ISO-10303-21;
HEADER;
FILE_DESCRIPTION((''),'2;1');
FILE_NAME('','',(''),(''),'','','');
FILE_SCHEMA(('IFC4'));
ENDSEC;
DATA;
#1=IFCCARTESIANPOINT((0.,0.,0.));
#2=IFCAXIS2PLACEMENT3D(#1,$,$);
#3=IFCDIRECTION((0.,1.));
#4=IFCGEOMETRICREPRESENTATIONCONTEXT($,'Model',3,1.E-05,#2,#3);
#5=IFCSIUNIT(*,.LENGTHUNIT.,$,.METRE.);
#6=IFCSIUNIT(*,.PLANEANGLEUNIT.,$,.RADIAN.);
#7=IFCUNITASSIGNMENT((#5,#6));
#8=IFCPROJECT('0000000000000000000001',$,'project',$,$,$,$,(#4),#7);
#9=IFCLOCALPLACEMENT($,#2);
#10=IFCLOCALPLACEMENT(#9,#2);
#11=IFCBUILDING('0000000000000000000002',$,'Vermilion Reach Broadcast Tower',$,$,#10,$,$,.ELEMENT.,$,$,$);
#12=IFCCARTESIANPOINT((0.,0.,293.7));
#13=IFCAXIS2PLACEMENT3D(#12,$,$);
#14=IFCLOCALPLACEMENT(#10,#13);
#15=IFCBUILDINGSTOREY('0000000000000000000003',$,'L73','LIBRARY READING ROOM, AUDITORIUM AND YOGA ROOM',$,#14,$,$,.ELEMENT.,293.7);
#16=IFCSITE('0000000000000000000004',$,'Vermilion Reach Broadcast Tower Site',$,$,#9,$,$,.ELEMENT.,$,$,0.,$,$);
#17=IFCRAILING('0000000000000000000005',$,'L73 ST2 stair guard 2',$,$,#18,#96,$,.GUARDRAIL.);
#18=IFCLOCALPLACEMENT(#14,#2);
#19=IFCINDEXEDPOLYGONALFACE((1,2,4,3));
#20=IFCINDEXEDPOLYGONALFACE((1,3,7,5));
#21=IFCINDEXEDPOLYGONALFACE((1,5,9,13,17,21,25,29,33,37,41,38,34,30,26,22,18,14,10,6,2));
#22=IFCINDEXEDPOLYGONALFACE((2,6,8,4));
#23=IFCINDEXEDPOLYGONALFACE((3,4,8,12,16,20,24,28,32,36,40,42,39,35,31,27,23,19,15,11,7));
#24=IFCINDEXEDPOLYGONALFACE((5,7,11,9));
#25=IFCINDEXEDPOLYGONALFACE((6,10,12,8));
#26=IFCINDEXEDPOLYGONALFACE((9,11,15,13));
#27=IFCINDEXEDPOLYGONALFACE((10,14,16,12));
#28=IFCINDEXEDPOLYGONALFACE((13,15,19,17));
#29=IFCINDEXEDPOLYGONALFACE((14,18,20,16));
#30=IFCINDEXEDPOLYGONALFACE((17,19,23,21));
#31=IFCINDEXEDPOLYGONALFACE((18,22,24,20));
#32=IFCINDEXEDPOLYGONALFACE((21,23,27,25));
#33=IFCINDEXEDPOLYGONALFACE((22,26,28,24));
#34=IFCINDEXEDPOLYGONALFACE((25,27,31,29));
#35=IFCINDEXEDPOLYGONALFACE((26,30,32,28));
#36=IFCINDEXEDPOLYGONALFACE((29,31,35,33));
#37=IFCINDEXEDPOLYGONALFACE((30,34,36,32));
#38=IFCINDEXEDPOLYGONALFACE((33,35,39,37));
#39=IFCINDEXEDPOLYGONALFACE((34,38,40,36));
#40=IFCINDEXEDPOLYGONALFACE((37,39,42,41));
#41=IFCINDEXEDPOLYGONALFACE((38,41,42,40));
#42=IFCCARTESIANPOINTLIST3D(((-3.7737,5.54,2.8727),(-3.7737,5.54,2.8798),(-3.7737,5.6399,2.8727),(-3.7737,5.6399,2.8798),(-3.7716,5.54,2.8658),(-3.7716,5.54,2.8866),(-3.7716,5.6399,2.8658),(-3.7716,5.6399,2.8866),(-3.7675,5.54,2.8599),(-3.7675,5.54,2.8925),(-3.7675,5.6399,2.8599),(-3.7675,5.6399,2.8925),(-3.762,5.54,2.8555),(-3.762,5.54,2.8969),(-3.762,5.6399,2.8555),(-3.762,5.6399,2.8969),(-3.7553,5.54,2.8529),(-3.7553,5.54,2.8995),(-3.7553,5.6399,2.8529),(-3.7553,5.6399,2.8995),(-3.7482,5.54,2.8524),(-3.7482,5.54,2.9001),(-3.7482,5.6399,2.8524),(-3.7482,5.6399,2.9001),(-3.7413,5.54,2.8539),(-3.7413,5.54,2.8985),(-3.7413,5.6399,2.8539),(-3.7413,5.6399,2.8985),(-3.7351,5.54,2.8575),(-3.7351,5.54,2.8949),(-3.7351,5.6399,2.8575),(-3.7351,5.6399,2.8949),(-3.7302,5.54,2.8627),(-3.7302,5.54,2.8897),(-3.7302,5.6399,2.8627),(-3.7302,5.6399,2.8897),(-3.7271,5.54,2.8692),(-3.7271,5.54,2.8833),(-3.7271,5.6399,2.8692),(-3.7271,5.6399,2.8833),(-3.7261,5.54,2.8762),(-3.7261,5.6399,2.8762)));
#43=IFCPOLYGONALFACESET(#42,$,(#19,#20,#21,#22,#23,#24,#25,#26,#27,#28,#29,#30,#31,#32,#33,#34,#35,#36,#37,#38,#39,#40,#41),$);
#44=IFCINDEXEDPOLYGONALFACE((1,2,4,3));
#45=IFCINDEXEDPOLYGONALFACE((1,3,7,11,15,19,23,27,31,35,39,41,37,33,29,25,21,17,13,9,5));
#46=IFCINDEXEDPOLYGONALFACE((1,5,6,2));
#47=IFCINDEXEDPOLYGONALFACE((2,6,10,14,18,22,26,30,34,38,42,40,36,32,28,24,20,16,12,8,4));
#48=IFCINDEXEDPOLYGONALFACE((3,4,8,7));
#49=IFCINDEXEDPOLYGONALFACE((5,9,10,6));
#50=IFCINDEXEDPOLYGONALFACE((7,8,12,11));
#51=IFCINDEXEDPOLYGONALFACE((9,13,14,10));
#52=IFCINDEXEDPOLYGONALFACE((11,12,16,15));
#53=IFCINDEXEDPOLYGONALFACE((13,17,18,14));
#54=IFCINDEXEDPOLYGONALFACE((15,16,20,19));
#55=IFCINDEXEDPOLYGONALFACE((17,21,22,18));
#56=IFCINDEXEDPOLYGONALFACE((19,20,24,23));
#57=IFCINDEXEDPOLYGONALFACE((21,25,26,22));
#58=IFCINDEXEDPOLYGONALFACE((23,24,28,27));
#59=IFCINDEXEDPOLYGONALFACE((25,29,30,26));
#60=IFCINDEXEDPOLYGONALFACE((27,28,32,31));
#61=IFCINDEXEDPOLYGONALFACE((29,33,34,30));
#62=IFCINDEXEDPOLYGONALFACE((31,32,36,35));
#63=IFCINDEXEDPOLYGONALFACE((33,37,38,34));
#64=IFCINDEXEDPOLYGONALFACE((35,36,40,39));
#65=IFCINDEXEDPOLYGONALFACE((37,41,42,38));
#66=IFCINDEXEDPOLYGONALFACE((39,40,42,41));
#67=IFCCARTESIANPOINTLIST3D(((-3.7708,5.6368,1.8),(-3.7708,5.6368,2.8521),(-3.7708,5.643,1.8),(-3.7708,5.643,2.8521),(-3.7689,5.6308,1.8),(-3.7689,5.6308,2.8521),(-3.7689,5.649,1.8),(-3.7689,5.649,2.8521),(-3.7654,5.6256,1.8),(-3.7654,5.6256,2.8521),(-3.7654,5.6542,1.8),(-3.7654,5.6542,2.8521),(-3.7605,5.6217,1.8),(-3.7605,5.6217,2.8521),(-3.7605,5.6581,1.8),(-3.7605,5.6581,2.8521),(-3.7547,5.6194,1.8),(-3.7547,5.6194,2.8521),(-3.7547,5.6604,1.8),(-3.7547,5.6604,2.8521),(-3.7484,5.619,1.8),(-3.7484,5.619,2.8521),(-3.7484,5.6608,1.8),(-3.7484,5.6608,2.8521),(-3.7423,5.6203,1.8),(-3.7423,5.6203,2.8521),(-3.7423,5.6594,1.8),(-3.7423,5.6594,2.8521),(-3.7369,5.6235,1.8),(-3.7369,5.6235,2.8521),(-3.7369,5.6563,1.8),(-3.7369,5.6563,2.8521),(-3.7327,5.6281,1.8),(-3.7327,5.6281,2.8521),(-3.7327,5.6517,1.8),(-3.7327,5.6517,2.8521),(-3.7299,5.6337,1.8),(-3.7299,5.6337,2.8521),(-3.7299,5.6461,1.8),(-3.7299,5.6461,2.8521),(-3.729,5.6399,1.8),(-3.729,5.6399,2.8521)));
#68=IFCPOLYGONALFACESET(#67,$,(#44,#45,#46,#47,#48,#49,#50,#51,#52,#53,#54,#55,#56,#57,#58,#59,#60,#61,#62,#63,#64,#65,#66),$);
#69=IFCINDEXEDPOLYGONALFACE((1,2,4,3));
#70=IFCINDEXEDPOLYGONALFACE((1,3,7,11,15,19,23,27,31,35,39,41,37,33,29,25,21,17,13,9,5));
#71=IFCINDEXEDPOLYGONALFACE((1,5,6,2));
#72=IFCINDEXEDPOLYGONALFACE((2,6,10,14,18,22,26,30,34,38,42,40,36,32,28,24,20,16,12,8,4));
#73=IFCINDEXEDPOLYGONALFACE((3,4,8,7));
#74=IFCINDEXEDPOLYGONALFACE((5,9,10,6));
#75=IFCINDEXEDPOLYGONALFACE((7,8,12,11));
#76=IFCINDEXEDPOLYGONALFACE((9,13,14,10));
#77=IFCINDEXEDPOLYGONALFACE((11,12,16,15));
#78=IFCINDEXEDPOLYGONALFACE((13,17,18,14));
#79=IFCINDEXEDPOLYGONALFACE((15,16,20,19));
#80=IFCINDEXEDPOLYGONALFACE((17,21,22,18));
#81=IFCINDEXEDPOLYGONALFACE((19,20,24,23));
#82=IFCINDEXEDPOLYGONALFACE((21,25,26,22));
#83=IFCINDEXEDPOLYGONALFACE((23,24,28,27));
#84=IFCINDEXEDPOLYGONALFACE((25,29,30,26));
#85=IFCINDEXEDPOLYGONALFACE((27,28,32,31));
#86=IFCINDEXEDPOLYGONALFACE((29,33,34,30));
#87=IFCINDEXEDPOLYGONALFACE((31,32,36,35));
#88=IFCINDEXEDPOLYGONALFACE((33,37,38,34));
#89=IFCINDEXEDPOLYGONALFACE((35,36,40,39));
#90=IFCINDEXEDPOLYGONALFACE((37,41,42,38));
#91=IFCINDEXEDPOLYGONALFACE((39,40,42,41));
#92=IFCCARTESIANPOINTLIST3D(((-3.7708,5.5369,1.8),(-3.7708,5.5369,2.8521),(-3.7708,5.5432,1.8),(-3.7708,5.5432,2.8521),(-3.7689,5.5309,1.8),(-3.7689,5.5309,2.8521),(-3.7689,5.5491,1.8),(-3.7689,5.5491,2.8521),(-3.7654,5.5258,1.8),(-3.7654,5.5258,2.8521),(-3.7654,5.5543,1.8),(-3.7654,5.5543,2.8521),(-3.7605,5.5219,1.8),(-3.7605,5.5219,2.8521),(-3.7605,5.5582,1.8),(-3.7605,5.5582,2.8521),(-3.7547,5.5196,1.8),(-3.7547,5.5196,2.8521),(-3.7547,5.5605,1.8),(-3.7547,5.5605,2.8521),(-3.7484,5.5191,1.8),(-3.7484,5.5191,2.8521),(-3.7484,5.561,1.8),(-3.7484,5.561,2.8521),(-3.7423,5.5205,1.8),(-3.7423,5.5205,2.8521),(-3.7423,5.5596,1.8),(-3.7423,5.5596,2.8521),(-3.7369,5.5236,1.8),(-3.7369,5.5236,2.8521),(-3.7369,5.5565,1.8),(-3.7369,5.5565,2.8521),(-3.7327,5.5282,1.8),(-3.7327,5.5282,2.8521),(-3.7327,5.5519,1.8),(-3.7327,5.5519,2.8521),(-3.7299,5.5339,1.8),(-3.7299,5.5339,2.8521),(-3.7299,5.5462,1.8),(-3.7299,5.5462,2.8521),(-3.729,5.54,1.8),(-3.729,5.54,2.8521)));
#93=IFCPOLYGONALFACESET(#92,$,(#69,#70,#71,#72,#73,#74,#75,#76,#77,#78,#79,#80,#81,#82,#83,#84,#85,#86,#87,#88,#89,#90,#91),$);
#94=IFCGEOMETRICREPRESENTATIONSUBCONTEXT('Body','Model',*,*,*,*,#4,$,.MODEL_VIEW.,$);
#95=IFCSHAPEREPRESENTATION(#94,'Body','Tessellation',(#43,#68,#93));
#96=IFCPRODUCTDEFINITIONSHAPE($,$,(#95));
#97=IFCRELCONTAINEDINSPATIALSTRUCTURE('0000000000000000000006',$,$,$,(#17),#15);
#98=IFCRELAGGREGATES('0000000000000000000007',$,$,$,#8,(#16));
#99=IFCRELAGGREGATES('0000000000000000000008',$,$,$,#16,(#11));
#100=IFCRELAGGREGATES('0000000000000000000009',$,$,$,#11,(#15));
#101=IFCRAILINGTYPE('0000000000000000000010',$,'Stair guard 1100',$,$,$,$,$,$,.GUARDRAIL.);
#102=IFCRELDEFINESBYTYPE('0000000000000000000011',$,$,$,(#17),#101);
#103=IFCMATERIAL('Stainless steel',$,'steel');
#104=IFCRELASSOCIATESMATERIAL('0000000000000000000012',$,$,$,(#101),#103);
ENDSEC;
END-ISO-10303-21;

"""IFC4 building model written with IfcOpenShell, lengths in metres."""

from ifc_helpers import new_model, si_unit, direction, frame, origin, origin_2d, place, context, subcontext, project, spatial, circle, extrude, material, type_object, element, save


model = new_model("IFC4")

# Units and contexts
model_context = context("Model", 3, precision=1e-05, world=origin(), true_north=direction((0.0, 1.0)))
body_context = subcontext(model_context, "Body", "Model", "MODEL_VIEW")
ifc_project = project(units=[si_unit("LENGTHUNIT", "METRE"), si_unit("PLANEANGLEUNIT", "RADIAN")], contexts=[model_context])

# Site, building, storey
site_placement = place(None, origin())
site = spatial("IfcSite", under=ifc_project, at=site_placement, Name="Vermilion Reach Broadcast Tower Site", CompositionType="ELEMENT", RefElevation=0.0)
building_placement = place(site_placement, origin())
building = spatial("IfcBuilding", under=site, at=building_placement, Name="Vermilion Reach Broadcast Tower", CompositionType="ELEMENT")
storey_placement = place(building_placement, frame((0.0, 0.0, 293.7)))
storey = spatial("IfcBuildingStorey", under=building, at=storey_placement, Name="L73", Description="LIBRARY READING ROOM, AUDITORIUM AND YOGA ROOM", CompositionType="ELEMENT", Elevation=293.7)

# Railing
ifc_material_1 = material(Name="Stainless steel", Category="steel")
railing_type_1 = type_object("IfcRailingType", Name="Stair guard 1100", PredefinedType="GUARDRAIL", material=ifc_material_1)
railing_1_placement = place(storey_placement, frame((-3.75, 5.6399, 1.8)))
element("IfcRailing", 1, at=railing_1_placement, inside=storey, type_object=railing_type_1, Name="L73 ST2 stair guard 2", PredefinedType="GUARDRAIL", context=body_context, shape_type="SweptSolid", body=[
    extrude(circle(Radius=0.0239, at=origin_2d()), frame((0.0, 0.0, 1.0762), z_axis=(0.0, -1.0, 0.0), x_axis=(1.0, 0.0, 0.0)), (0.0, 0.0, 1.0), 0.0999),
    extrude(circle(Radius=0.021, at=origin_2d()), origin(), (0.0, 0.0, 1.0), 1.052),
    extrude(circle(Radius=0.021, at=origin_2d()), frame((0.0, -0.0999, 0.0)), (0.0, 0.0, 1.0), 1.052),
])

save(model, "model.ifc")
